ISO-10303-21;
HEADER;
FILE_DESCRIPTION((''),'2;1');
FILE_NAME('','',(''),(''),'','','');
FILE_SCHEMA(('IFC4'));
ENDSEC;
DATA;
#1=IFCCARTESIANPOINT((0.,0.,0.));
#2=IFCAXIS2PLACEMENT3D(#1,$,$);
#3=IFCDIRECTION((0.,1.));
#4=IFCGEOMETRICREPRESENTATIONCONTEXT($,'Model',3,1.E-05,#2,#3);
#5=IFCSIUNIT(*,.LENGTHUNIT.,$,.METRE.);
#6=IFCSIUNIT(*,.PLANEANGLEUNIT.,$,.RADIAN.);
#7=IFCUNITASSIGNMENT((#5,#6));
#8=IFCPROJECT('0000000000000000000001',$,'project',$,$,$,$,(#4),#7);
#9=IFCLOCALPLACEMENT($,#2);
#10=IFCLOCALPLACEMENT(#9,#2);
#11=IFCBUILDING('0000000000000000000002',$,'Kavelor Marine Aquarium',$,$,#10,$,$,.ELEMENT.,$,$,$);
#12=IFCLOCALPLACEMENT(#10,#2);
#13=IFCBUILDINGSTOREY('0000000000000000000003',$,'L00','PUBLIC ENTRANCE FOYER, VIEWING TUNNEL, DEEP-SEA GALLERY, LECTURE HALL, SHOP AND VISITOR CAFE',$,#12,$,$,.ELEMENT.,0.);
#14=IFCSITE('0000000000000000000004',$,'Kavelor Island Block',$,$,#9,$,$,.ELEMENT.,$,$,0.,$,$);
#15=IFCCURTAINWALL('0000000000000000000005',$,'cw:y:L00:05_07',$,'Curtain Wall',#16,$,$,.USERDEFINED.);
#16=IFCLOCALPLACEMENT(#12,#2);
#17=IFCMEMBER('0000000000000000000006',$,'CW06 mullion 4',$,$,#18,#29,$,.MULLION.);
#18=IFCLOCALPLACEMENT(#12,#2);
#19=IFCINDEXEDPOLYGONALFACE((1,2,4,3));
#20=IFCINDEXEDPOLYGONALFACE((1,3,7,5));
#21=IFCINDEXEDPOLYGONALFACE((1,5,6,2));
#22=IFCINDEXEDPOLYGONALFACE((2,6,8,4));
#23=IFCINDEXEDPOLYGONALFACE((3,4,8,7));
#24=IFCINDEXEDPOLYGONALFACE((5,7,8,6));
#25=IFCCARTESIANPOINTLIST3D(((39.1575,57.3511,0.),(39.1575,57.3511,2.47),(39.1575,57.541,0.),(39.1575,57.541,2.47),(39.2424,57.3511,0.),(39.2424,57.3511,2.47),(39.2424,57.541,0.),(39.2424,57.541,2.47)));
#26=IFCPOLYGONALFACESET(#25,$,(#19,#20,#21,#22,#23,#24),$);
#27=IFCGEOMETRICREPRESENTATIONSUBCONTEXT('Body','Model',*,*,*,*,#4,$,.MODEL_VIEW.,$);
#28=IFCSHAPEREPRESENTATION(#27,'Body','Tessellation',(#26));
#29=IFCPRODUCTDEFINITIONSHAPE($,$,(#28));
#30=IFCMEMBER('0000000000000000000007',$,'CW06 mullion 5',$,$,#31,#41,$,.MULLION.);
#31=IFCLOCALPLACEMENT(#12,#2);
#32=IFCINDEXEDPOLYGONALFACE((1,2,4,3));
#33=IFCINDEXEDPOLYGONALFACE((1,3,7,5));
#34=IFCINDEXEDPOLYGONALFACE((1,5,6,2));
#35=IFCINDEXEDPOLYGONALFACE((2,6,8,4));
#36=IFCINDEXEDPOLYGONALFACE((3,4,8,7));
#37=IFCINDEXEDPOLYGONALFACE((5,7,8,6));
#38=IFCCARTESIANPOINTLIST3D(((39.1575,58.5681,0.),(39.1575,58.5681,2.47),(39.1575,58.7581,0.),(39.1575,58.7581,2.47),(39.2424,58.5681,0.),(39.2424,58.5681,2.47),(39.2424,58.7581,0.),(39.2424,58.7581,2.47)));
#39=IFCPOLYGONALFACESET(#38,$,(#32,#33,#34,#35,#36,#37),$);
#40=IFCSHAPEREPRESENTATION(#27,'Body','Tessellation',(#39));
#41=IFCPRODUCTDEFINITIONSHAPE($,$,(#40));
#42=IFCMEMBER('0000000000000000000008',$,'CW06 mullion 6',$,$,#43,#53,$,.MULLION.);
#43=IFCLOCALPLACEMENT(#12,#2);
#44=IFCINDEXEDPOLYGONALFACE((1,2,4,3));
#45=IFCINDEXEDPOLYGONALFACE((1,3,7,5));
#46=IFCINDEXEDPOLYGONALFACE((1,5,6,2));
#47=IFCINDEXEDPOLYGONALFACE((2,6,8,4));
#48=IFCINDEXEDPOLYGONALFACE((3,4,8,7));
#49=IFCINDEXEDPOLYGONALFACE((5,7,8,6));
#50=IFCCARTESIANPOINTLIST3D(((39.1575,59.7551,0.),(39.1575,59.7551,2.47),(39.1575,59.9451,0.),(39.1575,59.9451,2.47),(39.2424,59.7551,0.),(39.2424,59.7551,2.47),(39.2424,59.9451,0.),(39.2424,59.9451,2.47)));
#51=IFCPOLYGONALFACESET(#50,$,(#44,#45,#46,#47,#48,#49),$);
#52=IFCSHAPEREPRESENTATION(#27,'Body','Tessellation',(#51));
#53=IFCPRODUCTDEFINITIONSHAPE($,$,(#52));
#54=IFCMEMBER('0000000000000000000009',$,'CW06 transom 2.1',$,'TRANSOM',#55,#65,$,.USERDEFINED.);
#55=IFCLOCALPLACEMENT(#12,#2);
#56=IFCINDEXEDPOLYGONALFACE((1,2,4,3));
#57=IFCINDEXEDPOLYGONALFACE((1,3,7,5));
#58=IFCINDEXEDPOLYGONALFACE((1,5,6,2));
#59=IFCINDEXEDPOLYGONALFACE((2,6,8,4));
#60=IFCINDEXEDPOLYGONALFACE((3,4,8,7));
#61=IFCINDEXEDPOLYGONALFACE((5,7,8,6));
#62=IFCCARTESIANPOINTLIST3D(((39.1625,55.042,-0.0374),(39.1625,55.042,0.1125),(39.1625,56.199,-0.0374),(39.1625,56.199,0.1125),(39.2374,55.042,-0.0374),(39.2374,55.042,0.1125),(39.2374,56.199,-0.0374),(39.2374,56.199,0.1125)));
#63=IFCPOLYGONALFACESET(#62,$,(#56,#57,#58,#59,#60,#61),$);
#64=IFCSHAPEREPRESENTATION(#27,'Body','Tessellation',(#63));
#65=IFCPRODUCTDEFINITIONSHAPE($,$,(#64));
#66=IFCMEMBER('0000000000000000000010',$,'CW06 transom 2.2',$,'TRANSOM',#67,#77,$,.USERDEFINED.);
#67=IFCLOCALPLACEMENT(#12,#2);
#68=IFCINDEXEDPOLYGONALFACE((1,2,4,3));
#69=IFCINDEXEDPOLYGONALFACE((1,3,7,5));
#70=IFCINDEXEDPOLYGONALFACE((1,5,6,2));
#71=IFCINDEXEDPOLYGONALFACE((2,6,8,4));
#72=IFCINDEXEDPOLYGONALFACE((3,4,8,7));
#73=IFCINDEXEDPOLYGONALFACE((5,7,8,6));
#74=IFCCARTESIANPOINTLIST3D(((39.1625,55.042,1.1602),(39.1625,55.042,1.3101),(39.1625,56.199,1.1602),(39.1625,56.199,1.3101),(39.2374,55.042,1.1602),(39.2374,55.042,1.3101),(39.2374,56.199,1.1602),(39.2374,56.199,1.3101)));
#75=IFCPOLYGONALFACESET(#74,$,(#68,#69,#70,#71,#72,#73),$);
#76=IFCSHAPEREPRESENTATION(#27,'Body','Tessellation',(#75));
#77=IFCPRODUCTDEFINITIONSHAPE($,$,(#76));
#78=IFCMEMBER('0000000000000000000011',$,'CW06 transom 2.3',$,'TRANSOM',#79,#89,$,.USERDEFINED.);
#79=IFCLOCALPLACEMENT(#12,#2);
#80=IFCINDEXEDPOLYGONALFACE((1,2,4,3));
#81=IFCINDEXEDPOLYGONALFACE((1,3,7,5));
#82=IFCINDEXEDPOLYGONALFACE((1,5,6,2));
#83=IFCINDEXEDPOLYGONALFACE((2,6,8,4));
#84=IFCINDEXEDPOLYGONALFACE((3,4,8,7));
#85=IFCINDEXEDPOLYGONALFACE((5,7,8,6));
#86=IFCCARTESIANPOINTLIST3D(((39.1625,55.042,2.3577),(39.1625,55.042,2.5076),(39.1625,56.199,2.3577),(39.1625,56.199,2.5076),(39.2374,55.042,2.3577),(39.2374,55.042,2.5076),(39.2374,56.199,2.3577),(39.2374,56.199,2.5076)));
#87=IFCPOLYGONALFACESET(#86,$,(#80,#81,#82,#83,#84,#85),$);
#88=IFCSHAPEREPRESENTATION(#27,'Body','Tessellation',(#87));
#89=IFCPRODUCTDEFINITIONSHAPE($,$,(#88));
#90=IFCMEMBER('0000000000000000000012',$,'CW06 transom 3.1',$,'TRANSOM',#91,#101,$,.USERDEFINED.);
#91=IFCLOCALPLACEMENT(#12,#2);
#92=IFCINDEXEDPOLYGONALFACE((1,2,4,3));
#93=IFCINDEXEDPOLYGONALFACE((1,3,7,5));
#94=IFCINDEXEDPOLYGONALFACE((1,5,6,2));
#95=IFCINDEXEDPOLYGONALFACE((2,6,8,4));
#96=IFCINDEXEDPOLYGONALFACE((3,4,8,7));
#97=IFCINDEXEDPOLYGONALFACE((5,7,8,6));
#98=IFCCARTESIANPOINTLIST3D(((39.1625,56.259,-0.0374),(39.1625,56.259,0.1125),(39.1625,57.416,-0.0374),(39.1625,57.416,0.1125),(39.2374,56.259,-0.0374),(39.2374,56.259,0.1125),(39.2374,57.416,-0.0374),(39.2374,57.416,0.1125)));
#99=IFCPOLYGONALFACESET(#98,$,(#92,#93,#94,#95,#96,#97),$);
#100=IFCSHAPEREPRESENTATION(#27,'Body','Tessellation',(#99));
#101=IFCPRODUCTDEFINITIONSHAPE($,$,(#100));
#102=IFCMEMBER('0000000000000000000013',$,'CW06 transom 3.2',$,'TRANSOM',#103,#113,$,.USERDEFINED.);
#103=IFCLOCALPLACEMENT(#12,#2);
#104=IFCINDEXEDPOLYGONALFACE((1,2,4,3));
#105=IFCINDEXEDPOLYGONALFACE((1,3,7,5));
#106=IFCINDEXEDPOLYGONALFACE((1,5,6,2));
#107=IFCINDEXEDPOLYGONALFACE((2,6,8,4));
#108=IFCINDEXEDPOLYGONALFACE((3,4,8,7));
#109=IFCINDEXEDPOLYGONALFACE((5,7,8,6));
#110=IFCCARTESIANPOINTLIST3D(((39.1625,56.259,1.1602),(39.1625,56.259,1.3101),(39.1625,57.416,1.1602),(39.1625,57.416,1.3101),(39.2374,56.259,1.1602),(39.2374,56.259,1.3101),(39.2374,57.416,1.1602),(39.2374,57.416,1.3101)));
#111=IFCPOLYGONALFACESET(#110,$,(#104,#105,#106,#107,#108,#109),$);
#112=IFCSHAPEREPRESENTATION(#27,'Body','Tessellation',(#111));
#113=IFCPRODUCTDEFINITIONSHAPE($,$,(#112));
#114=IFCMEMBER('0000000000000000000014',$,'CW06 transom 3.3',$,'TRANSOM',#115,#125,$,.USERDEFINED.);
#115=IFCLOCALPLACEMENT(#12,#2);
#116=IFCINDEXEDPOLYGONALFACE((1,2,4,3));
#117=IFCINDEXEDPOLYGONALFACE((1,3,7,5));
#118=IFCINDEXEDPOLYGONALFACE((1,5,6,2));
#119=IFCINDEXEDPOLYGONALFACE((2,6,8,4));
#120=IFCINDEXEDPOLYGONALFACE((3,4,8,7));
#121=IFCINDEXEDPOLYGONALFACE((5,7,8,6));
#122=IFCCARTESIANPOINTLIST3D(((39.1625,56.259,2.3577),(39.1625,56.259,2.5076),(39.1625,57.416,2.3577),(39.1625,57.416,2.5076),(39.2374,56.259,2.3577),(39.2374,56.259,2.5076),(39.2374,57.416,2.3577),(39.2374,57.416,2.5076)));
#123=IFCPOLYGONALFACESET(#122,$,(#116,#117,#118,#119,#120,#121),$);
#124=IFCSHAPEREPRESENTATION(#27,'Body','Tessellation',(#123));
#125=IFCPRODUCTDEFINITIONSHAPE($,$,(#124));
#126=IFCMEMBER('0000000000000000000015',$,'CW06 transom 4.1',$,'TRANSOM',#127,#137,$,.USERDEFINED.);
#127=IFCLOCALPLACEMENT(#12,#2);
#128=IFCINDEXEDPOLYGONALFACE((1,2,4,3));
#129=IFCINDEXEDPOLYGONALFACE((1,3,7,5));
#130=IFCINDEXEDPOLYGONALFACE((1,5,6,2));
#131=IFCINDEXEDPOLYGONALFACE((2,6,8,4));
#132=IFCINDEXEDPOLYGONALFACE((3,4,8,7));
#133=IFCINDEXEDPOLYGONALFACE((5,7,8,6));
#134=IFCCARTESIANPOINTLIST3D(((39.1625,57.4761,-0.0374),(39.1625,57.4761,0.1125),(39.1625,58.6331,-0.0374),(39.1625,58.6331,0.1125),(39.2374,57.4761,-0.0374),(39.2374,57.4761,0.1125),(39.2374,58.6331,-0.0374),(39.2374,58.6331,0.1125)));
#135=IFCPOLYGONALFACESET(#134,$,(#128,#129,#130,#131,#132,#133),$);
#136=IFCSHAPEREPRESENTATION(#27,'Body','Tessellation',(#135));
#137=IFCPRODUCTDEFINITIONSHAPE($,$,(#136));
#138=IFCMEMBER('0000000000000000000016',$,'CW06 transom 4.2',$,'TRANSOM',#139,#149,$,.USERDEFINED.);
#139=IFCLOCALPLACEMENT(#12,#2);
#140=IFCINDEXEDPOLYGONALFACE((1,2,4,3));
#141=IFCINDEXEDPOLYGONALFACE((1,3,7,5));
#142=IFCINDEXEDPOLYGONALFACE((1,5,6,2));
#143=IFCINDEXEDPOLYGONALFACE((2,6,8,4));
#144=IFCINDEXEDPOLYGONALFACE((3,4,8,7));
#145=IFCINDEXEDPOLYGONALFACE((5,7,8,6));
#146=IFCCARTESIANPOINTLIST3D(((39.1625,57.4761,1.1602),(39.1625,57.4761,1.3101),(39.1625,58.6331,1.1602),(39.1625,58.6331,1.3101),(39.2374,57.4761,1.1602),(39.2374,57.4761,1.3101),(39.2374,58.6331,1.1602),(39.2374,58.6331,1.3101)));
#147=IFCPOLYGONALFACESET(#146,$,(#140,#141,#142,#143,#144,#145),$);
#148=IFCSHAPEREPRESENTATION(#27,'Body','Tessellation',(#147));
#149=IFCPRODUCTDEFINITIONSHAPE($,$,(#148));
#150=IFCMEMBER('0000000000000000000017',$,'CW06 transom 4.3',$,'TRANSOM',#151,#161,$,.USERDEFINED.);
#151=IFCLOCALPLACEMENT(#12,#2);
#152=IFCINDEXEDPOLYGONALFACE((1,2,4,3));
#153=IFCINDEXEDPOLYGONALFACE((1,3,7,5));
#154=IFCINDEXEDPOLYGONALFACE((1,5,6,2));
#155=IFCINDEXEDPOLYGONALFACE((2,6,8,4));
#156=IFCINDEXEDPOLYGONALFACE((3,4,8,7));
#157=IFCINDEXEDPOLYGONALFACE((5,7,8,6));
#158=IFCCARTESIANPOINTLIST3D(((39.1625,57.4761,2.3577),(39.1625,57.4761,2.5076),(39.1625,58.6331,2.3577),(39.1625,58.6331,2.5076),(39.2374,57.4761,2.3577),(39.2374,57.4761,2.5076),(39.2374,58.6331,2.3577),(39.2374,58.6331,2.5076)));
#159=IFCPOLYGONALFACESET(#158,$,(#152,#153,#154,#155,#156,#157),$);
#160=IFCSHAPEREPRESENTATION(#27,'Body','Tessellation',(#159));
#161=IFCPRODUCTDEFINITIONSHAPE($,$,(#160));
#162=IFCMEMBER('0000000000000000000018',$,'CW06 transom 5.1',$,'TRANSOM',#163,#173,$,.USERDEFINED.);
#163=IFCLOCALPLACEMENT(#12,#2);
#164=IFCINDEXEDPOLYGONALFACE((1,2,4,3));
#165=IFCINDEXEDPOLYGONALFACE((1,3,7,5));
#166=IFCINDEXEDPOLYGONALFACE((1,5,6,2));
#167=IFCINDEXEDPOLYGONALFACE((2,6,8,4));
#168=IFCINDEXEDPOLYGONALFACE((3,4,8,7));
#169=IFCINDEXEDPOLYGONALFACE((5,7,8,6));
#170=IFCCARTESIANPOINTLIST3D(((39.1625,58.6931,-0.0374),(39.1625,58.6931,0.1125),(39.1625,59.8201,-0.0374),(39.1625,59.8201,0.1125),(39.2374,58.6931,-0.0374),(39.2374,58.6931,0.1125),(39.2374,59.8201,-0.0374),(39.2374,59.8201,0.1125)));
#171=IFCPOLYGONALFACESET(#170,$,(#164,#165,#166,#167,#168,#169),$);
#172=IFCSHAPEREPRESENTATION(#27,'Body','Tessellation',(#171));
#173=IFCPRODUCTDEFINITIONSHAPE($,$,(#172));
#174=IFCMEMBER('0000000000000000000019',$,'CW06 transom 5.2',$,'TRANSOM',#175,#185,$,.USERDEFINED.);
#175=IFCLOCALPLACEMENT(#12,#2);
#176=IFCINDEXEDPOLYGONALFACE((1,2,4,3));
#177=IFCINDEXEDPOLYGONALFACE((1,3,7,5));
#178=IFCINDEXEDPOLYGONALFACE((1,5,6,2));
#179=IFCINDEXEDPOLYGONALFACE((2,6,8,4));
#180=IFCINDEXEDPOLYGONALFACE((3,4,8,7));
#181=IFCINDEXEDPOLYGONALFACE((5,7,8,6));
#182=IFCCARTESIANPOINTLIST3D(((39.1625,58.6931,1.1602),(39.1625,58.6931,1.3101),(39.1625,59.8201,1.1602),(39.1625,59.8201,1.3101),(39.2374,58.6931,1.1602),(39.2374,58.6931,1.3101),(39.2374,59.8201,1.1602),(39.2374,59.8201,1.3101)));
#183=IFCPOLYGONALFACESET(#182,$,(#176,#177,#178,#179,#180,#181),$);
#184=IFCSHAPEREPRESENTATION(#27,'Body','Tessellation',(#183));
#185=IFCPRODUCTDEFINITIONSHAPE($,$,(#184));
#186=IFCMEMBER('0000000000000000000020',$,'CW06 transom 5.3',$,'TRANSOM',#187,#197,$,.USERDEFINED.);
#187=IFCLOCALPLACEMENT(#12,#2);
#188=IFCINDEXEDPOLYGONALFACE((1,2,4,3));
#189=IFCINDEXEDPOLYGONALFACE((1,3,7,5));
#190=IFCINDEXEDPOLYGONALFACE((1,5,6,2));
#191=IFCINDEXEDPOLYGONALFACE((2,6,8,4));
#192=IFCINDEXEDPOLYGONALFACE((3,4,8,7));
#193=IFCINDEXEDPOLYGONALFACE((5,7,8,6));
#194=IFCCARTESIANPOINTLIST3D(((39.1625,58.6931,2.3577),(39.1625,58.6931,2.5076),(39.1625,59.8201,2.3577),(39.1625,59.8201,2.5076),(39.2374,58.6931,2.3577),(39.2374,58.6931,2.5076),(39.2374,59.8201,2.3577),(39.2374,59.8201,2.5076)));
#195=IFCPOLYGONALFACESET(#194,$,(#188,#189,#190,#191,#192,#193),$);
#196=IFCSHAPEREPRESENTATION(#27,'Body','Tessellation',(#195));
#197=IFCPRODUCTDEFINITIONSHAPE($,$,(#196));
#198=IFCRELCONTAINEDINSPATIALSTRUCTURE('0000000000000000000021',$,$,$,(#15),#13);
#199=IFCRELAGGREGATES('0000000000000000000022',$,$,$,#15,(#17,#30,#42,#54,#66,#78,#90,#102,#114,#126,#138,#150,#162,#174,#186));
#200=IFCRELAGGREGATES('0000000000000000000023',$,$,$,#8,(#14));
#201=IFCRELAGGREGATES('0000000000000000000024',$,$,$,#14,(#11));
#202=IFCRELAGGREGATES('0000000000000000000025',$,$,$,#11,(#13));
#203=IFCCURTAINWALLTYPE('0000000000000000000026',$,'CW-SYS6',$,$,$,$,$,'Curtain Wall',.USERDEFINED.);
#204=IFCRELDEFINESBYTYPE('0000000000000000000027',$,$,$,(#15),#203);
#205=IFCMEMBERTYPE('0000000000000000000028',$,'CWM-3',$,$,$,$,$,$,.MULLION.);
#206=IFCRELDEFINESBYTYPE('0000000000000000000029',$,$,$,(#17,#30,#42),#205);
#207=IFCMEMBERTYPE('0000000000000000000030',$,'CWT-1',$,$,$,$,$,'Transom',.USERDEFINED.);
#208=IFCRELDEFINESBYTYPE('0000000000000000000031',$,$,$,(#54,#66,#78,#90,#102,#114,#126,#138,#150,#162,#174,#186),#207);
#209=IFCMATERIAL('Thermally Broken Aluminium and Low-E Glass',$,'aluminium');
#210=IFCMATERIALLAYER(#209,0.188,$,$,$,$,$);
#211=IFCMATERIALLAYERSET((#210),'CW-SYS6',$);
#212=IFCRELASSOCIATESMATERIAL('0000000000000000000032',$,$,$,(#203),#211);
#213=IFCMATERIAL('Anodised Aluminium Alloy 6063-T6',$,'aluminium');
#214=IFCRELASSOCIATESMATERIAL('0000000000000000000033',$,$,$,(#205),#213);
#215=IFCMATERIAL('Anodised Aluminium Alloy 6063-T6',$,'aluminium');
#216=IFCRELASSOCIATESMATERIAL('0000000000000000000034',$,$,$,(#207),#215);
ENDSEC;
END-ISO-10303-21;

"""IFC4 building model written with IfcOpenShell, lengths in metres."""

from ifc_helpers import new_model, si_unit, direction, frame, origin, origin_2d, place, context, subcontext, project, spatial, rectangle, extrude, material, layer, layer_set, material_profile, profile_set, type_object, element, aggregate, save


model = new_model("IFC4")

# Units and contexts
model_context = context("Model", 3, precision=1e-05, world=origin(), true_north=direction((0.0, 1.0)))
body_context = subcontext(model_context, "Body", "Model", "MODEL_VIEW")
ifc_project = project(units=[si_unit("LENGTHUNIT", "METRE"), si_unit("PLANEANGLEUNIT", "RADIAN")], contexts=[model_context])

# Site, building, storey
site_placement = place(None, origin())
site = spatial("IfcSite", under=ifc_project, at=site_placement, Name="Kavelor Island Block", CompositionType="ELEMENT", RefElevation=0.0)
building_placement = place(site_placement, origin())
building = spatial("IfcBuilding", under=site, at=building_placement, Name="Kavelor Marine Aquarium", CompositionType="ELEMENT")
storey_placement = place(building_placement, origin())
storey = spatial("IfcBuildingStorey", under=building, at=storey_placement, Name="L00", Description="PUBLIC ENTRANCE FOYER, VIEWING TUNNEL, DEEP-SEA GALLERY, LECTURE HALL, SHOP AND VISITOR CAFE", CompositionType="ELEMENT", Elevation=0.0)

# Curtain wall, members
ifc_material_1 = material(Name="Thermally Broken Aluminium and Low-E Glass", Category="aluminium")
ifc_layer_1 = layer(ifc_material_1, 0.188)
ifc_layer_set_1 = layer_set([ifc_layer_1], Name="CW-SYS6")
curtain_wall_type = type_object("IfcCurtainWallType", Name="CW-SYS6", ElementType="Curtain Wall", PredefinedType="USERDEFINED", material=ifc_layer_set_1)
curtain_wall_placement = place(storey_placement, origin())
curtain_wall = element("IfcCurtainWall", 1, at=curtain_wall_placement, inside=storey, type_object=curtain_wall_type, Name="cw:y:L00:05_07", ObjectType="Curtain Wall", PredefinedType="USERDEFINED")
ifc_material_2 = material(Name="Anodised Aluminium Alloy 6063-T6", Category="aluminium")
ifc_material_profile_1 = material_profile(ifc_material_2, rectangle(XDim=0.085, YDim=0.1899, at=origin_2d()), Name="CW-MUL 85x190")
ifc_profile_set_1 = profile_set([ifc_material_profile_1], Name="Anodised Aluminium Alloy 6063-T6")
member_type_1 = type_object("IfcMemberType", Name="CWM-3", PredefinedType="MULLION", material=ifc_profile_set_1)
member_1_placement = place(storey_placement, frame((39.2, 57.446, 0.0), z_axis=(0.0, 0.0, 1.0), x_axis=(-1.0, 0.0, 0.0)))
member_1 = element("IfcMember", 2, at=member_1_placement, type_object=member_type_1, Name="CW06 mullion 4", PredefinedType="MULLION", context=body_context, shape_type="SweptSolid", body=[
    extrude(rectangle(XDim=0.085, YDim=0.1899, at=origin_2d()), origin(), (0.0, 0.0, 1.0), 2.47),
])
member_2_placement = place(storey_placement, frame((39.2, 58.6631, 0.0), z_axis=(0.0, 0.0, 1.0), x_axis=(-1.0, 0.0, 0.0)))
member_2 = element("IfcMember", 3, at=member_2_placement, type_object=member_type_1, Name="CW06 mullion 5", PredefinedType="MULLION", context=body_context, shape_type="SweptSolid", body=[
    extrude(rectangle(XDim=0.085, YDim=0.1899, at=origin_2d()), origin(), (0.0, 0.0, 1.0), 2.47),
])
member_3_placement = place(storey_placement, frame((39.2, 59.8501, 0.0), z_axis=(0.0, 0.0, 1.0), x_axis=(-1.0, 0.0, 0.0)))
member_3 = element("IfcMember", 4, at=member_3_placement, type_object=member_type_1, Name="CW06 mullion 6", PredefinedType="MULLION", context=body_context, shape_type="SweptSolid", body=[
    extrude(rectangle(XDim=0.085, YDim=0.1899, at=origin_2d()), origin(), (0.0, 0.0, 1.0), 2.47),
])
ifc_material_3 = material(Name="Anodised Aluminium Alloy 6063-T6", Category="aluminium")
ifc_material_profile_2 = material_profile(ifc_material_3, rectangle(XDim=0.075, YDim=0.1499, at=origin_2d()), Name="CW-TRN 75x150")
ifc_profile_set_2 = profile_set([ifc_material_profile_2], Name="Anodised Aluminium Alloy 6063-T6")
member_type_2 = type_object("IfcMemberType", Name="CWT-1", ElementType="Transom", PredefinedType="USERDEFINED", material=ifc_profile_set_2)
member_4_placement = place(storey_placement, frame((39.2, 55.042, 0.0376), z_axis=(0.0, 1.0, 0.0), x_axis=(-1.0, 0.0, 0.0)))
member_4 = element("IfcMember", 5, at=member_4_placement, type_object=member_type_2, Name="CW06 transom 2.1", ObjectType="TRANSOM", PredefinedType="USERDEFINED", context=body_context, shape_type="SweptSolid", body=[
    extrude(rectangle(XDim=0.075, YDim=0.1499, at=origin_2d()), origin(), (0.0, 0.0, 1.0), 1.157),
])
member_5_placement = place(storey_placement, frame((39.2, 55.042, 1.2351), z_axis=(0.0, 1.0, 0.0), x_axis=(-1.0, 0.0, 0.0)))
member_5 = element("IfcMember", 6, at=member_5_placement, type_object=member_type_2, Name="CW06 transom 2.2", ObjectType="TRANSOM", PredefinedType="USERDEFINED", context=body_context, shape_type="SweptSolid", body=[
    extrude(rectangle(XDim=0.075, YDim=0.1499, at=origin_2d()), origin(), (0.0, 0.0, 1.0), 1.157),
])
member_6_placement = place(storey_placement, frame((39.2, 55.042, 2.4326), z_axis=(0.0, 1.0, 0.0), x_axis=(-1.0, 0.0, 0.0)))
member_6 = element("IfcMember", 7, at=member_6_placement, type_object=member_type_2, Name="CW06 transom 2.3", ObjectType="TRANSOM", PredefinedType="USERDEFINED", context=body_context, shape_type="SweptSolid", body=[
    extrude(rectangle(XDim=0.075, YDim=0.1499, at=origin_2d()), origin(), (0.0, 0.0, 1.0), 1.157),
])
member_7_placement = place(storey_placement, frame((39.2, 56.259, 0.0376), z_axis=(0.0, 1.0, 0.0), x_axis=(-1.0, 0.0, 0.0)))
member_7 = element("IfcMember", 8, at=member_7_placement, type_object=member_type_2, Name="CW06 transom 3.1", ObjectType="TRANSOM", PredefinedType="USERDEFINED", context=body_context, shape_type="SweptSolid", body=[
    extrude(rectangle(XDim=0.075, YDim=0.1499, at=origin_2d()), origin(), (0.0, 0.0, 1.0), 1.157),
])
member_8_placement = place(storey_placement, frame((39.2, 56.259, 1.2351), z_axis=(0.0, 1.0, 0.0), x_axis=(-1.0, 0.0, 0.0)))
member_8 = element("IfcMember", 9, at=member_8_placement, type_object=member_type_2, Name="CW06 transom 3.2", ObjectType="TRANSOM", PredefinedType="USERDEFINED", context=body_context, shape_type="SweptSolid", body=[
    extrude(rectangle(XDim=0.075, YDim=0.1499, at=origin_2d()), origin(), (0.0, 0.0, 1.0), 1.157),
])
member_9_placement = place(storey_placement, frame((39.2, 56.259, 2.4326), z_axis=(0.0, 1.0, 0.0), x_axis=(-1.0, 0.0, 0.0)))
member_9 = element("IfcMember", 10, at=member_9_placement, type_object=member_type_2, Name="CW06 transom 3.3", ObjectType="TRANSOM", PredefinedType="USERDEFINED", context=body_context, shape_type="SweptSolid", body=[
    extrude(rectangle(XDim=0.075, YDim=0.1499, at=origin_2d()), origin(), (0.0, 0.0, 1.0), 1.157),
])
member_10_placement = place(storey_placement, frame((39.2, 57.4761, 0.0376), z_axis=(0.0, 1.0, 0.0), x_axis=(-1.0, 0.0, 0.0)))
member_10 = element("IfcMember", 11, at=member_10_placement, type_object=member_type_2, Name="CW06 transom 4.1", ObjectType="TRANSOM", PredefinedType="USERDEFINED", context=body_context, shape_type="SweptSolid", body=[
    extrude(rectangle(XDim=0.075, YDim=0.1499, at=origin_2d()), origin(), (0.0, 0.0, 1.0), 1.157),
])
member_11_placement = place(storey_placement, frame((39.2, 57.4761, 1.2351), z_axis=(0.0, 1.0, 0.0), x_axis=(-1.0, 0.0, 0.0)))
member_11 = element("IfcMember", 12, at=member_11_placement, type_object=member_type_2, Name="CW06 transom 4.2", ObjectType="TRANSOM", PredefinedType="USERDEFINED", context=body_context, shape_type="SweptSolid", body=[
    extrude(rectangle(XDim=0.075, YDim=0.1499, at=origin_2d()), origin(), (0.0, 0.0, 1.0), 1.157),
])
member_12_placement = place(storey_placement, frame((39.2, 57.4761, 2.4326), z_axis=(0.0, 1.0, 0.0), x_axis=(-1.0, 0.0, 0.0)))
member_12 = element("IfcMember", 13, at=member_12_placement, type_object=member_type_2, Name="CW06 transom 4.3", ObjectType="TRANSOM", PredefinedType="USERDEFINED", context=body_context, shape_type="SweptSolid", body=[
    extrude(rectangle(XDim=0.075, YDim=0.1499, at=origin_2d()), origin(), (0.0, 0.0, 1.0), 1.157),
])
member_13_placement = place(storey_placement, frame((39.2, 58.6931, 0.0376), z_axis=(0.0, 1.0, 0.0), x_axis=(-1.0, 0.0, 0.0)))
member_13 = element("IfcMember", 14, at=member_13_placement, type_object=member_type_2, Name="CW06 transom 5.1", ObjectType="TRANSOM", PredefinedType="USERDEFINED", context=body_context, shape_type="SweptSolid", body=[
    extrude(rectangle(XDim=0.075, YDim=0.1499, at=origin_2d()), origin(), (0.0, 0.0, 1.0), 1.127),
])
member_14_placement = place(storey_placement, frame((39.2, 58.6931, 1.2351), z_axis=(0.0, 1.0, 0.0), x_axis=(-1.0, 0.0, 0.0)))
member_14 = element("IfcMember", 15, at=member_14_placement, type_object=member_type_2, Name="CW06 transom 5.2", ObjectType="TRANSOM", PredefinedType="USERDEFINED", context=body_context, shape_type="SweptSolid", body=[
    extrude(rectangle(XDim=0.075, YDim=0.1499, at=origin_2d()), origin(), (0.0, 0.0, 1.0), 1.127),
])
member_15_placement = place(storey_placement, frame((39.2, 58.6931, 2.4326), z_axis=(0.0, 1.0, 0.0), x_axis=(-1.0, 0.0, 0.0)))
member_15 = element("IfcMember", 16, at=member_15_placement, type_object=member_type_2, Name="CW06 transom 5.3", ObjectType="TRANSOM", PredefinedType="USERDEFINED", context=body_context, shape_type="SweptSolid", body=[
    extrude(rectangle(XDim=0.075, YDim=0.1499, at=origin_2d()), origin(), (0.0, 0.0, 1.0), 1.127),
])
aggregate(curtain_wall, [member_1, member_2, member_3, member_4, member_5, member_6, member_7, member_8, member_9, member_10, member_11, member_12, member_13, member_14, member_15])

save(model, "model.ifc")
